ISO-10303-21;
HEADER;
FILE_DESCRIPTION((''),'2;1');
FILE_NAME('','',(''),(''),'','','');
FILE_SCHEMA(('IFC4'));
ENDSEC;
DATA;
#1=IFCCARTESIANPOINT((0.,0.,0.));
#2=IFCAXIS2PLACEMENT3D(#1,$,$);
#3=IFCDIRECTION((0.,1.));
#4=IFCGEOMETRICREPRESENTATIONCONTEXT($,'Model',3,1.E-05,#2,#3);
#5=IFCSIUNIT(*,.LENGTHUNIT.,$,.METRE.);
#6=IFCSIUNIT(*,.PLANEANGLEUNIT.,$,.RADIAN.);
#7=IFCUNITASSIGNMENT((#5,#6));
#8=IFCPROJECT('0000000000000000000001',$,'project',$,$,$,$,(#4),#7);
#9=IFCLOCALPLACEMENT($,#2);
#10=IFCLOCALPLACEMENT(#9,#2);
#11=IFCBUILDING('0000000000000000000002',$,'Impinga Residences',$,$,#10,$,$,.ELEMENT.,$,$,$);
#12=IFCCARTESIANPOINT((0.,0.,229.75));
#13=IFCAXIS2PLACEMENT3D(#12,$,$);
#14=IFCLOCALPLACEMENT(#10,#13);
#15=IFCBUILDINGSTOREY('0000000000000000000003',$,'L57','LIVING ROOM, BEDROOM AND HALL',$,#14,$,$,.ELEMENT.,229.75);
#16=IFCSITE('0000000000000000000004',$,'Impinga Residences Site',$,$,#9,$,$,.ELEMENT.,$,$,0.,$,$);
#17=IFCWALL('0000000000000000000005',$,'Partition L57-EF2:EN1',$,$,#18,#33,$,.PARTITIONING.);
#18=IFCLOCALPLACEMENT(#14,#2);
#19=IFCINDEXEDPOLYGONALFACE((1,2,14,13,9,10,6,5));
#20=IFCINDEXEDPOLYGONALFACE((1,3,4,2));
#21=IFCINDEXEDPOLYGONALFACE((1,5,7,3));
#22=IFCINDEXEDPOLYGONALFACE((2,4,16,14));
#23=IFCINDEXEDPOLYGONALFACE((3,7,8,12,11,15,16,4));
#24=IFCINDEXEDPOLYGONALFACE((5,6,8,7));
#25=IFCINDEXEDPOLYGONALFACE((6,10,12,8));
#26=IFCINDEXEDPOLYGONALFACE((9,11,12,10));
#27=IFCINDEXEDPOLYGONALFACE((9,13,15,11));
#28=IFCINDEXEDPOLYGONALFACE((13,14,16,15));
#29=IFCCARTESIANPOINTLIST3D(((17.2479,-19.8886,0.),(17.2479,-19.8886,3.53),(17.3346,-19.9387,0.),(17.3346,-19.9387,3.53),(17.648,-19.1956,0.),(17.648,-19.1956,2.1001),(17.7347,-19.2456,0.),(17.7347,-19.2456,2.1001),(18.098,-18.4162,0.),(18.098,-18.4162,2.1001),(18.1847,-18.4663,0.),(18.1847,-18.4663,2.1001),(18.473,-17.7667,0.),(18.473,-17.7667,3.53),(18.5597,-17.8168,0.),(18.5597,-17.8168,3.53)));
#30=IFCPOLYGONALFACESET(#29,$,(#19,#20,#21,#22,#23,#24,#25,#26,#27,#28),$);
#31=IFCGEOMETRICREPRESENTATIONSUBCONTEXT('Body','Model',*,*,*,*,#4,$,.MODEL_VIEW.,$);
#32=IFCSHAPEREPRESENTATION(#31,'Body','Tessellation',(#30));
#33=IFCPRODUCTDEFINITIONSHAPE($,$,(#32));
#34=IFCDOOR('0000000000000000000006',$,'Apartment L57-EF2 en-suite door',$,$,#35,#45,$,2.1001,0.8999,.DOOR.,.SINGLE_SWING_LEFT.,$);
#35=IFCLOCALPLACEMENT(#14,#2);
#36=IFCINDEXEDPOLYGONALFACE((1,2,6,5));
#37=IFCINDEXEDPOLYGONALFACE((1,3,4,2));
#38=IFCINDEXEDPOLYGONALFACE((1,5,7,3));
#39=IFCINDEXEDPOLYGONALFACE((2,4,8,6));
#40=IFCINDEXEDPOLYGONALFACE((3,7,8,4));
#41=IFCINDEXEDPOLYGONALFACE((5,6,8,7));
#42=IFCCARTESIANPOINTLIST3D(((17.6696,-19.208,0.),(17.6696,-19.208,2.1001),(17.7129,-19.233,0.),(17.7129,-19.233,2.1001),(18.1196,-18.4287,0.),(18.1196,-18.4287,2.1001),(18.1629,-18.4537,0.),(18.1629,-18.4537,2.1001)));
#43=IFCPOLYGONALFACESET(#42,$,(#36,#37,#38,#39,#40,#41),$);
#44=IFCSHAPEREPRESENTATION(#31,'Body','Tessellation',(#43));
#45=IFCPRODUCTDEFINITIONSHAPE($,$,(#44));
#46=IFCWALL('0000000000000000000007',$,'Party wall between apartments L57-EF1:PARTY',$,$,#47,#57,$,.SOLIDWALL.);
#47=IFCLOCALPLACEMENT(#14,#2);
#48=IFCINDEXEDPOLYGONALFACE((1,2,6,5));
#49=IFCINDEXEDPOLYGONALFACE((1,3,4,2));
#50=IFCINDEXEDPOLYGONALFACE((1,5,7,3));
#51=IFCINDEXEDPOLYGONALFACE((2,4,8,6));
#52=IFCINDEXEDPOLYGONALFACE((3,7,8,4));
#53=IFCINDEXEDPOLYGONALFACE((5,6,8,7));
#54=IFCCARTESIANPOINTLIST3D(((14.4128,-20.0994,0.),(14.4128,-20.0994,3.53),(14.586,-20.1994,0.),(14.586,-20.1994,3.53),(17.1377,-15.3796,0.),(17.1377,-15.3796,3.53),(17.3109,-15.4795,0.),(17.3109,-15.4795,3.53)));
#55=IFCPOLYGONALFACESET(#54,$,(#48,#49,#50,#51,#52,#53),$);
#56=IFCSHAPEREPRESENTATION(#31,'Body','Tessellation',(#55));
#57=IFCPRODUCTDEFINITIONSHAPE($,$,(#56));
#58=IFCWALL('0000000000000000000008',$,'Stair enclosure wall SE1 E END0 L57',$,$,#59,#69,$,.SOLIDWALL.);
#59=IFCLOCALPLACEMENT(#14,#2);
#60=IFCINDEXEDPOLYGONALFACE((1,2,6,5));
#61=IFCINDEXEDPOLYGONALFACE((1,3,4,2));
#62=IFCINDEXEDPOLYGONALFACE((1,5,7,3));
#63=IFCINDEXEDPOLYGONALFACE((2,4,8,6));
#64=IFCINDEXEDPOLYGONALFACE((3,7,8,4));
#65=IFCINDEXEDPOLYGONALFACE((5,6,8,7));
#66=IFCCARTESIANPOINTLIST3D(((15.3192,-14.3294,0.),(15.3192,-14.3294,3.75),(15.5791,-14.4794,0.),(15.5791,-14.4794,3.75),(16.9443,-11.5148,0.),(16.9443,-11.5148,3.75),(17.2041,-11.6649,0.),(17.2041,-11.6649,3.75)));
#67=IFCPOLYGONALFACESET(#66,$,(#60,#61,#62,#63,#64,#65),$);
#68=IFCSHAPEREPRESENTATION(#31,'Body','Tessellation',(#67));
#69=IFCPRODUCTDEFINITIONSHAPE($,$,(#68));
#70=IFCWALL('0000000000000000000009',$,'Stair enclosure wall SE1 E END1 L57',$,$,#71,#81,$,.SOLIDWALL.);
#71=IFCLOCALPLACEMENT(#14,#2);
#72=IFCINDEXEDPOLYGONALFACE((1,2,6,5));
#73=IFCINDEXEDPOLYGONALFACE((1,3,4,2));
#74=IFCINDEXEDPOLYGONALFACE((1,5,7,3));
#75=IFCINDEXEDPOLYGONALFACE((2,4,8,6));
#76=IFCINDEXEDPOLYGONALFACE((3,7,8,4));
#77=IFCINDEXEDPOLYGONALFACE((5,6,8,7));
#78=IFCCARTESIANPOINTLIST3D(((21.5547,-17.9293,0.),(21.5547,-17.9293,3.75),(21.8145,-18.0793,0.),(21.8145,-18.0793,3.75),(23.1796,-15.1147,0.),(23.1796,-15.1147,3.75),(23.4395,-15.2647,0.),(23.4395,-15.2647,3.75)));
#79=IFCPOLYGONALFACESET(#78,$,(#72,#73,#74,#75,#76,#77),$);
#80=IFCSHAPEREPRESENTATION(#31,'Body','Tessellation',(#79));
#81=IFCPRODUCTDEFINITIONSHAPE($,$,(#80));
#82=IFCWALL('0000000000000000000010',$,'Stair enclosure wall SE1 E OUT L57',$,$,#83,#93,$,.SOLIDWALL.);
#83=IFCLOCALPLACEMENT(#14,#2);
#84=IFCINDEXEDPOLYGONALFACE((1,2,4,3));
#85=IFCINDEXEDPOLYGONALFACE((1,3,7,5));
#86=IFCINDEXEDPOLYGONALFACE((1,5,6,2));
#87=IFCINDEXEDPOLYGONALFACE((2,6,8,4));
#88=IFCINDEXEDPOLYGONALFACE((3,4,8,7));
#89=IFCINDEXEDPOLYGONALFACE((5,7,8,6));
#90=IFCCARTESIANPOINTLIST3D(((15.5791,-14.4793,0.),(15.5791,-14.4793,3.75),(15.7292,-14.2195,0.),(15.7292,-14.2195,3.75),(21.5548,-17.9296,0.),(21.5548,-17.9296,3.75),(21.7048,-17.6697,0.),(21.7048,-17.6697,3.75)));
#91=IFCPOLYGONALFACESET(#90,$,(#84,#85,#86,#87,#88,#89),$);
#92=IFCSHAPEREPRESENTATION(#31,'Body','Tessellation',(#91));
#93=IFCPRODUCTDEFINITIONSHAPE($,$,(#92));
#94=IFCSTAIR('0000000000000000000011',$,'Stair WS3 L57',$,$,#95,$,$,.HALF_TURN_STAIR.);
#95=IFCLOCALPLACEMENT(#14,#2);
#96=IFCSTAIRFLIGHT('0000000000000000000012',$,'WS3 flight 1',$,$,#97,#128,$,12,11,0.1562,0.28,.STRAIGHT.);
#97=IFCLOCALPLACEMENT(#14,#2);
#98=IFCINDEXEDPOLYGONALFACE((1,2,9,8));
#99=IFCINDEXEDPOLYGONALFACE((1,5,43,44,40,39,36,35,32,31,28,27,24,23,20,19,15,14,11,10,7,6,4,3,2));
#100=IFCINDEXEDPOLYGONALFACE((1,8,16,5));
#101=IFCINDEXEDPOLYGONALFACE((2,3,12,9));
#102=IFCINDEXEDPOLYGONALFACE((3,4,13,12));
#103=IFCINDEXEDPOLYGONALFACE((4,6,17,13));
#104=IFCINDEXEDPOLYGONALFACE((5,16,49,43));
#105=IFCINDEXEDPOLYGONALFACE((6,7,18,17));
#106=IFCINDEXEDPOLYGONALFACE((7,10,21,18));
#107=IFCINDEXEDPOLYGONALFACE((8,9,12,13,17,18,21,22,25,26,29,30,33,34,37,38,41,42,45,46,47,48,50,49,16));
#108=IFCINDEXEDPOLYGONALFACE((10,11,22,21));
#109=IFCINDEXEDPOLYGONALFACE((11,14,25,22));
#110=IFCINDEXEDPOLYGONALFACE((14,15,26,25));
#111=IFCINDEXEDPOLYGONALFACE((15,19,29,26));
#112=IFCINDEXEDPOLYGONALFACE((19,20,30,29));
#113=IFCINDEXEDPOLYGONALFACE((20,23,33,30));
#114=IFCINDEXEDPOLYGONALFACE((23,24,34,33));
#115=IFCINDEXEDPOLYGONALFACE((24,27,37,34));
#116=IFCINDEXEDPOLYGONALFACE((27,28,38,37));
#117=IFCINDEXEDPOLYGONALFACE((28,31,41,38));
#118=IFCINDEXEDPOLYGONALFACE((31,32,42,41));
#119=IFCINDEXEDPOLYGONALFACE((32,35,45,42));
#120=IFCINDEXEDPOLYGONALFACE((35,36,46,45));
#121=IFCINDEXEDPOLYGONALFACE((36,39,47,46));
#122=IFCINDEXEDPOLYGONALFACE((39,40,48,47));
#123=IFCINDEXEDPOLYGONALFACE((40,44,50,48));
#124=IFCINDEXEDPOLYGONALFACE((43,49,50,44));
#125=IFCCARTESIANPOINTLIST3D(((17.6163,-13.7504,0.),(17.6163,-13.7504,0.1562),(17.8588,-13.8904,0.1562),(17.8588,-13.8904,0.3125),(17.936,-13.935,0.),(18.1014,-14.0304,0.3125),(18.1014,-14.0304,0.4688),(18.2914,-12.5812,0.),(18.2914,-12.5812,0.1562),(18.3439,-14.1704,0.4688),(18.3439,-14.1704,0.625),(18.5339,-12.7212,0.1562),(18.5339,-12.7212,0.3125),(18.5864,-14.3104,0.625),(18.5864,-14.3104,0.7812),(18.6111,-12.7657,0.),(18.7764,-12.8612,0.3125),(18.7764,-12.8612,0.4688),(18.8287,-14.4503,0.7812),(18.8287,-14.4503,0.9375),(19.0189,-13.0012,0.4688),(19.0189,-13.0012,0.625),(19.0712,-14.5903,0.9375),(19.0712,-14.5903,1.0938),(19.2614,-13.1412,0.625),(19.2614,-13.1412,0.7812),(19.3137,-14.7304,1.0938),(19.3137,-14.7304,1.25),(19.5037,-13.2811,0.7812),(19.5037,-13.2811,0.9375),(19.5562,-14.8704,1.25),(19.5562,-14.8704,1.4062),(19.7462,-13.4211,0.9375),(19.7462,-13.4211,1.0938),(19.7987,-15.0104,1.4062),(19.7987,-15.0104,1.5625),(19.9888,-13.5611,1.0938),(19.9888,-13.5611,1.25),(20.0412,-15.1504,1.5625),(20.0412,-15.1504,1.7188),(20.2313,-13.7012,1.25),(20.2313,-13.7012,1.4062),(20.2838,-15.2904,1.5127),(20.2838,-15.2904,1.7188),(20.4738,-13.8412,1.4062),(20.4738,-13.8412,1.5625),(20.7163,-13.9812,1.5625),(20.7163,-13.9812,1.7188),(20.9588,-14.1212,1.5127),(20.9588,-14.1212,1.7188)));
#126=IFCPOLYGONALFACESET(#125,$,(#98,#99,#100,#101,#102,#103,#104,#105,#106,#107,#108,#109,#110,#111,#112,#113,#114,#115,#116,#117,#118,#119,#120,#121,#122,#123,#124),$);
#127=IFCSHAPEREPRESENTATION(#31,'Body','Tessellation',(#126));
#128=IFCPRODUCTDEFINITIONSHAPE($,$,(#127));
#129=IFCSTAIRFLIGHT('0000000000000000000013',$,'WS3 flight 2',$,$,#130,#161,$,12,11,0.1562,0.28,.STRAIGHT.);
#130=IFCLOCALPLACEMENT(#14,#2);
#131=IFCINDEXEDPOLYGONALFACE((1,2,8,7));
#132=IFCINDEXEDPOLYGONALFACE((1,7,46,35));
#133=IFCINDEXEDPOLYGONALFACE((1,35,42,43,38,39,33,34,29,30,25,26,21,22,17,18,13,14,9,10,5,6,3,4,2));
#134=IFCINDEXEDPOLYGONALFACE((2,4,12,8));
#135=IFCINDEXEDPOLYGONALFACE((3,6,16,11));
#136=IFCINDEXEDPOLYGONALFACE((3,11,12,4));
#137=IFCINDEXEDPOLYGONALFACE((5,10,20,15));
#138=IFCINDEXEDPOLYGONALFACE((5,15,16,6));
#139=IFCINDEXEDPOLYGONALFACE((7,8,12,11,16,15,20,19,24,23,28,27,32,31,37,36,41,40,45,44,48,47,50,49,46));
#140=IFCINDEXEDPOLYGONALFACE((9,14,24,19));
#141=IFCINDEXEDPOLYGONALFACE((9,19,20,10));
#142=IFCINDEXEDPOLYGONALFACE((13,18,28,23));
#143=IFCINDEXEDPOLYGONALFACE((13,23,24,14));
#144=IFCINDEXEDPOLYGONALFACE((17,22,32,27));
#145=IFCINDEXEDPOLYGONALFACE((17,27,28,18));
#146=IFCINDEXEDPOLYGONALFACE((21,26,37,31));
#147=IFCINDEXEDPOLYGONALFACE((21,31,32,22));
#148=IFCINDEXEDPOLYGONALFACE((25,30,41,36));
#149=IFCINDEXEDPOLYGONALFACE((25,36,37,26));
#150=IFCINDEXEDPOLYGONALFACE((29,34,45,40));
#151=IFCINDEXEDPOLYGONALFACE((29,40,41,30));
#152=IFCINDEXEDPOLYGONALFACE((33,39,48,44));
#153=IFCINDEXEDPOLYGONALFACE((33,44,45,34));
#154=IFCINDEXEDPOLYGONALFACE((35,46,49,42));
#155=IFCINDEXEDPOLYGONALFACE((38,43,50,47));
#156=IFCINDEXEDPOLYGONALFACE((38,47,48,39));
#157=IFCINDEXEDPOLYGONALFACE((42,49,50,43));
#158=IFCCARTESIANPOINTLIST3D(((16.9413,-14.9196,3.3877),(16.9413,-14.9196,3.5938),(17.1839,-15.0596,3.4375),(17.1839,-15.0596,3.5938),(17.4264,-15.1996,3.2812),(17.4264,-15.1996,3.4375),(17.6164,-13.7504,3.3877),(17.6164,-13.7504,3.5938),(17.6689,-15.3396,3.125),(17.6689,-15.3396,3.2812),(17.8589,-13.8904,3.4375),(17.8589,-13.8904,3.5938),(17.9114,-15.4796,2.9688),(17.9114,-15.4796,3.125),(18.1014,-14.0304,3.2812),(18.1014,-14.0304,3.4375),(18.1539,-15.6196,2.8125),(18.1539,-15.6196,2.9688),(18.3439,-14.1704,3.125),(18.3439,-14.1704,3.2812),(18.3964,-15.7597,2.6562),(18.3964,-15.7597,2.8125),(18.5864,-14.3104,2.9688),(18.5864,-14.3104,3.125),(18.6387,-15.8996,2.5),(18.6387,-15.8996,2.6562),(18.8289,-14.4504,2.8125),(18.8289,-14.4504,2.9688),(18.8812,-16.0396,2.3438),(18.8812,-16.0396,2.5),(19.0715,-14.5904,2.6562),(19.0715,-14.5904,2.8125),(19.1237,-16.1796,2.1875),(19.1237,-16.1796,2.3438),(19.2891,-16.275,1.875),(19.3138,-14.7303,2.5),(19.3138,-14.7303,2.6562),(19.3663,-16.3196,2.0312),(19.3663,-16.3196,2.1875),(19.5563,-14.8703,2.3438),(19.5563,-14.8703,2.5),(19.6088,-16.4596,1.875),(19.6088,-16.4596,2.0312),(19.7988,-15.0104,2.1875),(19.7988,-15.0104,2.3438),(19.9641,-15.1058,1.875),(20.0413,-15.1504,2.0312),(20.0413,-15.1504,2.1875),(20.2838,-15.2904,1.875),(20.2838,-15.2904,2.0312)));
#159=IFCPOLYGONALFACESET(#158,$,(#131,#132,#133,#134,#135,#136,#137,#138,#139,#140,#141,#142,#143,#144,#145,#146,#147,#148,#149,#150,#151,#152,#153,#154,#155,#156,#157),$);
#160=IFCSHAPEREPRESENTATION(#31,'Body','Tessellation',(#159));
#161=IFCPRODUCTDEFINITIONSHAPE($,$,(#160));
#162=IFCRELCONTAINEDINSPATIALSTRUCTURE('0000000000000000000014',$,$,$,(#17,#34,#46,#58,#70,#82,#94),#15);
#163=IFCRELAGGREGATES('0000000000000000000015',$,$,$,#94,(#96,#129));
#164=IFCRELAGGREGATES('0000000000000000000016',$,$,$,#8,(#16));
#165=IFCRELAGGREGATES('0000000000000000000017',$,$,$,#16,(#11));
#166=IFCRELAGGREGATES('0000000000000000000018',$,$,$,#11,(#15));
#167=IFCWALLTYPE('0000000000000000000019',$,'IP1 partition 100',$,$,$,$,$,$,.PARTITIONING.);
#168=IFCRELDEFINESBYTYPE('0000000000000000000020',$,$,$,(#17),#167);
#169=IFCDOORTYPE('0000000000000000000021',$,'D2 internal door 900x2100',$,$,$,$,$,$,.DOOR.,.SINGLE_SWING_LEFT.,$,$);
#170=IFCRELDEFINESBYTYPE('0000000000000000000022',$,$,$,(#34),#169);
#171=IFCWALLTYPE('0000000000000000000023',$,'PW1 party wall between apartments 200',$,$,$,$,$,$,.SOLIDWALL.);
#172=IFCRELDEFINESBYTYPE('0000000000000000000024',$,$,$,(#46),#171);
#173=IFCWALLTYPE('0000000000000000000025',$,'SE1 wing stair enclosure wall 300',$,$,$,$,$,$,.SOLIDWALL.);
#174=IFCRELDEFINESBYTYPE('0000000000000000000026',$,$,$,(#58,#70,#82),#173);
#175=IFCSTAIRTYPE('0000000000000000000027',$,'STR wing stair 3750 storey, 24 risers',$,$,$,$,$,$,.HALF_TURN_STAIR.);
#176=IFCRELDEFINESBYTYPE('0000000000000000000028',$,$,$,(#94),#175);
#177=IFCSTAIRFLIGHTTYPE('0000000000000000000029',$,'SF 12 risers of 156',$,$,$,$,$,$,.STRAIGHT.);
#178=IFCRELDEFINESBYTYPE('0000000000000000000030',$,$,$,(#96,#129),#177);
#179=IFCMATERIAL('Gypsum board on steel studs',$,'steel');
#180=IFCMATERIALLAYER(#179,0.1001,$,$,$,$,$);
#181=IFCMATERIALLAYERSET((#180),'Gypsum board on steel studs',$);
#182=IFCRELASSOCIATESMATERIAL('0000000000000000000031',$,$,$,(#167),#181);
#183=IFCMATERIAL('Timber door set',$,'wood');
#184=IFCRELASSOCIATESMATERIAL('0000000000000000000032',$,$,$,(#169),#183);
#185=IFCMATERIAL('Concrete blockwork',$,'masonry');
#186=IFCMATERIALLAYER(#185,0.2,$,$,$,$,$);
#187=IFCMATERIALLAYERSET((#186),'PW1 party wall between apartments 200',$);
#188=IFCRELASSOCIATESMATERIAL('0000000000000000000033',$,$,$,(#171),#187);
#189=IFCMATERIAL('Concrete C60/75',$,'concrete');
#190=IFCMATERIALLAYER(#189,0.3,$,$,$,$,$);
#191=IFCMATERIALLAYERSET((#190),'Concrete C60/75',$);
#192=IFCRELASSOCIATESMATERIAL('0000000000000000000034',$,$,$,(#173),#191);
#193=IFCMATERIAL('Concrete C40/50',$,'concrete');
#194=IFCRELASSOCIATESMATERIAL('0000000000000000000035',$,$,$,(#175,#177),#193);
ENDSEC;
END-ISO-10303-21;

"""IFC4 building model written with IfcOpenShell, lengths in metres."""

from ifc_helpers import new_model, si_unit, direction, frame, frame_2d, origin, place, context, subcontext, project, spatial, polyline, rectangle, outline, extrude, material, layer, layer_set, type_object, element, fill, aggregate, save


model = new_model("IFC4")

# Units and contexts
model_context = context("Model", 3, precision=1e-05, world=origin(), true_north=direction((0.0, 1.0)))
body_context = subcontext(model_context, "Body", "Model", "MODEL_VIEW")
ifc_project = project(units=[si_unit("LENGTHUNIT", "METRE"), si_unit("PLANEANGLEUNIT", "RADIAN")], contexts=[model_context])

# Site, building, storey
site_placement = place(None, origin())
site = spatial("IfcSite", under=ifc_project, at=site_placement, Name="Impinga Residences Site", CompositionType="ELEMENT", RefElevation=0.0)
building_placement = place(site_placement, origin())
building = spatial("IfcBuilding", under=site, at=building_placement, Name="Impinga Residences", CompositionType="ELEMENT")
storey_placement = place(building_placement, frame((0.0, 0.0, 229.75)))
storey = spatial("IfcBuildingStorey", under=building, at=storey_placement, Name="L57", Description="LIVING ROOM, BEDROOM AND HALL", CompositionType="ELEMENT", Elevation=229.75)

# Shared definitions
ifc_material_1 = material(Name="Concrete C60/75", Category="concrete")

# Shared definitions
ifc_material_2 = material(Name="Gypsum board on steel studs", Category="steel")
ifc_layer_1 = layer(ifc_material_2, 0.1001)
ifc_layer_set_1 = layer_set([ifc_layer_1], Name="Gypsum board on steel studs")
wall_type_1 = type_object("IfcWallType", Name="IP1 partition 100", PredefinedType="PARTITIONING", material=ifc_layer_set_1)

# Shared definitions
ifc_material_3 = material(Name="Timber door set", Category="wood")
door_type = type_object("IfcDoorType", Name="D2 internal door 900x2100", OperationType="SINGLE_SWING_LEFT", PredefinedType="DOOR", material=ifc_material_3)

# Wall, opening, door
wall_1_placement = place(storey_placement, frame((18.5164, -17.7917, 0.0), z_axis=(0.0, 0.0, 1.0), x_axis=(-0.500019, -0.866015, 0.0)))
wall_1 = element("IfcWall", 1, at=wall_1_placement, inside=storey, type_object=wall_type_1, Name="Partition L57-EF2:EN1", PredefinedType="PARTITIONING", context=body_context, shape_type="SweptSolid", body=[
    extrude(rectangle(XDim=2.4502, YDim=0.1001, at=frame_2d((1.2251, 0.0))), origin(), (0.0, 0.0, 1.0), 3.53),
])
opening_1_placement = place(wall_1_placement, frame((0.75, 0.0, 0.0)))
opening_1 = element("IfcOpeningElement", 2, at=opening_1_placement, cuts=wall_1, PredefinedType="OPENING", context=body_context, shape_type="SweptSolid", body=[
    extrude(rectangle(XDim=0.8999, YDim=2.1001, at=frame_2d((0.45, 1.05))), frame((0.0, 0.0601, 0.0), z_axis=(0.0, -1.0, 0.0), x_axis=(1.0, 0.0, 0.0)), (0.0, 0.0, 1.0), 0.1201),
])
door_1_placement = place(opening_1_placement, origin())
door_1 = element("IfcDoor", 3, at=door_1_placement, inside=storey, type_object=door_type, Name="Apartment L57-EF2 en-suite door", OperationType="SINGLE_SWING_LEFT", OverallHeight=2.1001, OverallWidth=0.8999, PredefinedType="DOOR", context=body_context, shape_type="SweptSolid", body=[
    extrude(rectangle(XDim=0.8999, YDim=2.1001, at=frame_2d((0.45, 1.05))), frame((0.0, 0.0249, 0.0), z_axis=(0.0, -1.0, 0.0), x_axis=(1.0, 0.0, 0.0)), (0.0, 0.0, 1.0), 0.05),
])
fill(opening_1, door_1)

# Walls
ifc_material_4 = material(Name="Concrete blockwork", Category="masonry")
ifc_layer_2 = layer(ifc_material_4, 0.2)
ifc_layer_set_2 = layer_set([ifc_layer_2], Name="PW1 party wall between apartments 200")
wall_type_2 = type_object("IfcWallType", Name="PW1 party wall between apartments 200", PredefinedType="SOLIDWALL", material=ifc_layer_set_2)
wall_2_placement = place(storey_placement, frame((17.2244, -15.4294, 0.0), z_axis=(0.0, 0.0, 1.0), x_axis=(-0.499989, -0.866032, 0.0)))
element("IfcWall", 4, at=wall_2_placement, inside=storey, type_object=wall_type_2, Name="Party wall between apartments L57-EF1:PARTY", PredefinedType="SOLIDWALL", context=body_context, shape_type="SweptSolid", body=[
    extrude(rectangle(XDim=5.45, YDim=0.2, at=frame_2d((2.7251, 0.0))), origin(), (0.0, 0.0, 1.0), 3.53),
])
ifc_layer_3 = layer(ifc_material_1, 0.3)
ifc_layer_set_3 = layer_set([ifc_layer_3], Name="Concrete C60/75")
wall_type_3 = type_object("IfcWallType", Name="SE1 wing stair enclosure wall 300", PredefinedType="SOLIDWALL", material=ifc_layer_set_3)
for number, where, z_axis, x_axis, name in (
    (5, (17.0742, -11.5898, 0.0), (0.0, 0.0, 1.0), (-0.500017, -0.866015, 0.0), "Stair enclosure wall SE1 E END0 L57"),
    (6, (23.3096, -15.1897, 0.0), (0.0, 0.0, 1.0), (-0.499985, -0.866034, 0.0), "Stair enclosure wall SE1 E END1 L57"),
):
    element("IfcWall", number, at=place(storey_placement, frame(where, z_axis=z_axis, x_axis=x_axis)), inside=storey, type_object=wall_type_3, Name=name, PredefinedType="SOLIDWALL", context=body_context, shape_type="SweptSolid", body=[
        extrude(rectangle(XDim=3.25, YDim=0.3, at=frame_2d((1.625, 0.0))), origin(), (0.0, 0.0, 1.0), 3.75),
    ])
wall_3_placement = place(storey_placement, frame((15.6541, -14.3494, 0.0), z_axis=(0.0, 0.0, 1.0), x_axis=(0.866014, -0.500021, 0.0)))
element("IfcWall", 7, at=wall_3_placement, inside=storey, type_object=wall_type_3, Name="Stair enclosure wall SE1 E OUT L57", PredefinedType="SOLIDWALL", context=body_context, shape_type="SweptSolid", body=[
    extrude(rectangle(XDim=6.9001, YDim=0.3, at=frame_2d((3.4502, 0.0))), origin(), (0.0, 0.0, 1.0), 3.75),
])

# Stair, stair flights
ifc_material_5 = material(Name="Concrete C40/50", Category="concrete")
stair_type = type_object("IfcStairType", Name="STR wing stair 3750 storey, 24 risers", PredefinedType="HALF_TURN_STAIR", material=ifc_material_5)
stair_placement = place(storey_placement, origin())
stair = element("IfcStair", 8, at=stair_placement, inside=storey, type_object=stair_type, Name="Stair WS3 L57", PredefinedType="HALF_TURN_STAIR")
stair_flight_type = type_object("IfcStairFlightType", Name="SF 12 risers of 156", PredefinedType="STRAIGHT", material=ifc_material_5)
stair_flight_1_placement = place(storey_placement, frame((17.9539, -13.1658, 0.0), z_axis=(0.0, 0.0, 1.0), x_axis=(0.866025, -0.5, 0.0)))
stair_flight_1 = element("IfcStairFlight", 9, at=stair_flight_1_placement, type_object=stair_flight_type, Name="WS3 flight 1", NumberOfRisers=12, NumberOfTreads=11, PredefinedType="STRAIGHT", RiserHeight=0.1562, TreadLength=0.28, context=body_context, shape_type="SweptSolid", body=[
    extrude(outline(polyline([(0.0, 0.0), (0.0, 0.1562), (0.28, 0.1562), (0.28, 0.3125), (0.5601, 0.3125), (0.5601, 0.4688), (0.8401, 0.4688), (0.8401, 0.625), (1.1201, 0.625), (1.1201, 0.7812), (1.3999, 0.7812), (1.3999, 0.9375), (1.6799, 0.9375), (1.6799, 1.0938), (1.96, 1.0938), (1.96, 1.25), (2.24, 1.25), (2.24, 1.4062), (2.52, 1.4062), (2.52, 1.5625), (2.8, 1.5625), (2.8, 1.7188), (3.0801, 1.7188), (3.0801, 1.875), (3.0801, 1.5127), (0.3691, 0.0), (0.0, 0.0)])), frame((0.0, 0.675, 0.0), z_axis=(0.0, -1.0, 0.0), x_axis=(1.0, 0.0, 0.0)), (0.0, 0.0, 1.0), 1.3501),
])
stair_flight_2_placement = place(storey_placement, frame((19.9463, -15.875, 1.875), z_axis=(0.0, 0.0, 1.0), x_axis=(-0.866025, 0.5, 0.0)))
stair_flight_2 = element("IfcStairFlight", 10, at=stair_flight_2_placement, type_object=stair_flight_type, Name="WS3 flight 2", NumberOfRisers=12, NumberOfTreads=11, PredefinedType="STRAIGHT", RiserHeight=0.1562, TreadLength=0.28, context=body_context, shape_type="SweptSolid", body=[
    extrude(outline(polyline([(0.0, 0.0), (0.0, 0.1562), (0.28, 0.1562), (0.28, 0.3125), (0.5601, 0.3125), (0.5601, 0.4688), (0.8401, 0.4688), (0.8401, 0.625), (1.1201, 0.625), (1.1201, 0.7812), (1.3999, 0.7812), (1.3999, 0.9375), (1.6799, 0.9375), (1.6799, 1.0938), (1.96, 1.0938), (1.96, 1.25), (2.24, 1.25), (2.24, 1.4062), (2.52, 1.4062), (2.52, 1.5625), (2.8, 1.5625), (2.8, 1.7188), (3.0801, 1.7188), (3.0801, 1.875), (3.0801, 1.5127), (0.3691, 0.0), (0.0, 0.0)])), frame((0.0, 0.675, 0.0), z_axis=(0.0, -1.0, 0.0), x_axis=(1.0, 0.0, 0.0)), (0.0, 0.0, 1.0), 1.3501),
])
aggregate(stair, [stair_flight_1, stair_flight_2])

save(model, "model.ifc")
